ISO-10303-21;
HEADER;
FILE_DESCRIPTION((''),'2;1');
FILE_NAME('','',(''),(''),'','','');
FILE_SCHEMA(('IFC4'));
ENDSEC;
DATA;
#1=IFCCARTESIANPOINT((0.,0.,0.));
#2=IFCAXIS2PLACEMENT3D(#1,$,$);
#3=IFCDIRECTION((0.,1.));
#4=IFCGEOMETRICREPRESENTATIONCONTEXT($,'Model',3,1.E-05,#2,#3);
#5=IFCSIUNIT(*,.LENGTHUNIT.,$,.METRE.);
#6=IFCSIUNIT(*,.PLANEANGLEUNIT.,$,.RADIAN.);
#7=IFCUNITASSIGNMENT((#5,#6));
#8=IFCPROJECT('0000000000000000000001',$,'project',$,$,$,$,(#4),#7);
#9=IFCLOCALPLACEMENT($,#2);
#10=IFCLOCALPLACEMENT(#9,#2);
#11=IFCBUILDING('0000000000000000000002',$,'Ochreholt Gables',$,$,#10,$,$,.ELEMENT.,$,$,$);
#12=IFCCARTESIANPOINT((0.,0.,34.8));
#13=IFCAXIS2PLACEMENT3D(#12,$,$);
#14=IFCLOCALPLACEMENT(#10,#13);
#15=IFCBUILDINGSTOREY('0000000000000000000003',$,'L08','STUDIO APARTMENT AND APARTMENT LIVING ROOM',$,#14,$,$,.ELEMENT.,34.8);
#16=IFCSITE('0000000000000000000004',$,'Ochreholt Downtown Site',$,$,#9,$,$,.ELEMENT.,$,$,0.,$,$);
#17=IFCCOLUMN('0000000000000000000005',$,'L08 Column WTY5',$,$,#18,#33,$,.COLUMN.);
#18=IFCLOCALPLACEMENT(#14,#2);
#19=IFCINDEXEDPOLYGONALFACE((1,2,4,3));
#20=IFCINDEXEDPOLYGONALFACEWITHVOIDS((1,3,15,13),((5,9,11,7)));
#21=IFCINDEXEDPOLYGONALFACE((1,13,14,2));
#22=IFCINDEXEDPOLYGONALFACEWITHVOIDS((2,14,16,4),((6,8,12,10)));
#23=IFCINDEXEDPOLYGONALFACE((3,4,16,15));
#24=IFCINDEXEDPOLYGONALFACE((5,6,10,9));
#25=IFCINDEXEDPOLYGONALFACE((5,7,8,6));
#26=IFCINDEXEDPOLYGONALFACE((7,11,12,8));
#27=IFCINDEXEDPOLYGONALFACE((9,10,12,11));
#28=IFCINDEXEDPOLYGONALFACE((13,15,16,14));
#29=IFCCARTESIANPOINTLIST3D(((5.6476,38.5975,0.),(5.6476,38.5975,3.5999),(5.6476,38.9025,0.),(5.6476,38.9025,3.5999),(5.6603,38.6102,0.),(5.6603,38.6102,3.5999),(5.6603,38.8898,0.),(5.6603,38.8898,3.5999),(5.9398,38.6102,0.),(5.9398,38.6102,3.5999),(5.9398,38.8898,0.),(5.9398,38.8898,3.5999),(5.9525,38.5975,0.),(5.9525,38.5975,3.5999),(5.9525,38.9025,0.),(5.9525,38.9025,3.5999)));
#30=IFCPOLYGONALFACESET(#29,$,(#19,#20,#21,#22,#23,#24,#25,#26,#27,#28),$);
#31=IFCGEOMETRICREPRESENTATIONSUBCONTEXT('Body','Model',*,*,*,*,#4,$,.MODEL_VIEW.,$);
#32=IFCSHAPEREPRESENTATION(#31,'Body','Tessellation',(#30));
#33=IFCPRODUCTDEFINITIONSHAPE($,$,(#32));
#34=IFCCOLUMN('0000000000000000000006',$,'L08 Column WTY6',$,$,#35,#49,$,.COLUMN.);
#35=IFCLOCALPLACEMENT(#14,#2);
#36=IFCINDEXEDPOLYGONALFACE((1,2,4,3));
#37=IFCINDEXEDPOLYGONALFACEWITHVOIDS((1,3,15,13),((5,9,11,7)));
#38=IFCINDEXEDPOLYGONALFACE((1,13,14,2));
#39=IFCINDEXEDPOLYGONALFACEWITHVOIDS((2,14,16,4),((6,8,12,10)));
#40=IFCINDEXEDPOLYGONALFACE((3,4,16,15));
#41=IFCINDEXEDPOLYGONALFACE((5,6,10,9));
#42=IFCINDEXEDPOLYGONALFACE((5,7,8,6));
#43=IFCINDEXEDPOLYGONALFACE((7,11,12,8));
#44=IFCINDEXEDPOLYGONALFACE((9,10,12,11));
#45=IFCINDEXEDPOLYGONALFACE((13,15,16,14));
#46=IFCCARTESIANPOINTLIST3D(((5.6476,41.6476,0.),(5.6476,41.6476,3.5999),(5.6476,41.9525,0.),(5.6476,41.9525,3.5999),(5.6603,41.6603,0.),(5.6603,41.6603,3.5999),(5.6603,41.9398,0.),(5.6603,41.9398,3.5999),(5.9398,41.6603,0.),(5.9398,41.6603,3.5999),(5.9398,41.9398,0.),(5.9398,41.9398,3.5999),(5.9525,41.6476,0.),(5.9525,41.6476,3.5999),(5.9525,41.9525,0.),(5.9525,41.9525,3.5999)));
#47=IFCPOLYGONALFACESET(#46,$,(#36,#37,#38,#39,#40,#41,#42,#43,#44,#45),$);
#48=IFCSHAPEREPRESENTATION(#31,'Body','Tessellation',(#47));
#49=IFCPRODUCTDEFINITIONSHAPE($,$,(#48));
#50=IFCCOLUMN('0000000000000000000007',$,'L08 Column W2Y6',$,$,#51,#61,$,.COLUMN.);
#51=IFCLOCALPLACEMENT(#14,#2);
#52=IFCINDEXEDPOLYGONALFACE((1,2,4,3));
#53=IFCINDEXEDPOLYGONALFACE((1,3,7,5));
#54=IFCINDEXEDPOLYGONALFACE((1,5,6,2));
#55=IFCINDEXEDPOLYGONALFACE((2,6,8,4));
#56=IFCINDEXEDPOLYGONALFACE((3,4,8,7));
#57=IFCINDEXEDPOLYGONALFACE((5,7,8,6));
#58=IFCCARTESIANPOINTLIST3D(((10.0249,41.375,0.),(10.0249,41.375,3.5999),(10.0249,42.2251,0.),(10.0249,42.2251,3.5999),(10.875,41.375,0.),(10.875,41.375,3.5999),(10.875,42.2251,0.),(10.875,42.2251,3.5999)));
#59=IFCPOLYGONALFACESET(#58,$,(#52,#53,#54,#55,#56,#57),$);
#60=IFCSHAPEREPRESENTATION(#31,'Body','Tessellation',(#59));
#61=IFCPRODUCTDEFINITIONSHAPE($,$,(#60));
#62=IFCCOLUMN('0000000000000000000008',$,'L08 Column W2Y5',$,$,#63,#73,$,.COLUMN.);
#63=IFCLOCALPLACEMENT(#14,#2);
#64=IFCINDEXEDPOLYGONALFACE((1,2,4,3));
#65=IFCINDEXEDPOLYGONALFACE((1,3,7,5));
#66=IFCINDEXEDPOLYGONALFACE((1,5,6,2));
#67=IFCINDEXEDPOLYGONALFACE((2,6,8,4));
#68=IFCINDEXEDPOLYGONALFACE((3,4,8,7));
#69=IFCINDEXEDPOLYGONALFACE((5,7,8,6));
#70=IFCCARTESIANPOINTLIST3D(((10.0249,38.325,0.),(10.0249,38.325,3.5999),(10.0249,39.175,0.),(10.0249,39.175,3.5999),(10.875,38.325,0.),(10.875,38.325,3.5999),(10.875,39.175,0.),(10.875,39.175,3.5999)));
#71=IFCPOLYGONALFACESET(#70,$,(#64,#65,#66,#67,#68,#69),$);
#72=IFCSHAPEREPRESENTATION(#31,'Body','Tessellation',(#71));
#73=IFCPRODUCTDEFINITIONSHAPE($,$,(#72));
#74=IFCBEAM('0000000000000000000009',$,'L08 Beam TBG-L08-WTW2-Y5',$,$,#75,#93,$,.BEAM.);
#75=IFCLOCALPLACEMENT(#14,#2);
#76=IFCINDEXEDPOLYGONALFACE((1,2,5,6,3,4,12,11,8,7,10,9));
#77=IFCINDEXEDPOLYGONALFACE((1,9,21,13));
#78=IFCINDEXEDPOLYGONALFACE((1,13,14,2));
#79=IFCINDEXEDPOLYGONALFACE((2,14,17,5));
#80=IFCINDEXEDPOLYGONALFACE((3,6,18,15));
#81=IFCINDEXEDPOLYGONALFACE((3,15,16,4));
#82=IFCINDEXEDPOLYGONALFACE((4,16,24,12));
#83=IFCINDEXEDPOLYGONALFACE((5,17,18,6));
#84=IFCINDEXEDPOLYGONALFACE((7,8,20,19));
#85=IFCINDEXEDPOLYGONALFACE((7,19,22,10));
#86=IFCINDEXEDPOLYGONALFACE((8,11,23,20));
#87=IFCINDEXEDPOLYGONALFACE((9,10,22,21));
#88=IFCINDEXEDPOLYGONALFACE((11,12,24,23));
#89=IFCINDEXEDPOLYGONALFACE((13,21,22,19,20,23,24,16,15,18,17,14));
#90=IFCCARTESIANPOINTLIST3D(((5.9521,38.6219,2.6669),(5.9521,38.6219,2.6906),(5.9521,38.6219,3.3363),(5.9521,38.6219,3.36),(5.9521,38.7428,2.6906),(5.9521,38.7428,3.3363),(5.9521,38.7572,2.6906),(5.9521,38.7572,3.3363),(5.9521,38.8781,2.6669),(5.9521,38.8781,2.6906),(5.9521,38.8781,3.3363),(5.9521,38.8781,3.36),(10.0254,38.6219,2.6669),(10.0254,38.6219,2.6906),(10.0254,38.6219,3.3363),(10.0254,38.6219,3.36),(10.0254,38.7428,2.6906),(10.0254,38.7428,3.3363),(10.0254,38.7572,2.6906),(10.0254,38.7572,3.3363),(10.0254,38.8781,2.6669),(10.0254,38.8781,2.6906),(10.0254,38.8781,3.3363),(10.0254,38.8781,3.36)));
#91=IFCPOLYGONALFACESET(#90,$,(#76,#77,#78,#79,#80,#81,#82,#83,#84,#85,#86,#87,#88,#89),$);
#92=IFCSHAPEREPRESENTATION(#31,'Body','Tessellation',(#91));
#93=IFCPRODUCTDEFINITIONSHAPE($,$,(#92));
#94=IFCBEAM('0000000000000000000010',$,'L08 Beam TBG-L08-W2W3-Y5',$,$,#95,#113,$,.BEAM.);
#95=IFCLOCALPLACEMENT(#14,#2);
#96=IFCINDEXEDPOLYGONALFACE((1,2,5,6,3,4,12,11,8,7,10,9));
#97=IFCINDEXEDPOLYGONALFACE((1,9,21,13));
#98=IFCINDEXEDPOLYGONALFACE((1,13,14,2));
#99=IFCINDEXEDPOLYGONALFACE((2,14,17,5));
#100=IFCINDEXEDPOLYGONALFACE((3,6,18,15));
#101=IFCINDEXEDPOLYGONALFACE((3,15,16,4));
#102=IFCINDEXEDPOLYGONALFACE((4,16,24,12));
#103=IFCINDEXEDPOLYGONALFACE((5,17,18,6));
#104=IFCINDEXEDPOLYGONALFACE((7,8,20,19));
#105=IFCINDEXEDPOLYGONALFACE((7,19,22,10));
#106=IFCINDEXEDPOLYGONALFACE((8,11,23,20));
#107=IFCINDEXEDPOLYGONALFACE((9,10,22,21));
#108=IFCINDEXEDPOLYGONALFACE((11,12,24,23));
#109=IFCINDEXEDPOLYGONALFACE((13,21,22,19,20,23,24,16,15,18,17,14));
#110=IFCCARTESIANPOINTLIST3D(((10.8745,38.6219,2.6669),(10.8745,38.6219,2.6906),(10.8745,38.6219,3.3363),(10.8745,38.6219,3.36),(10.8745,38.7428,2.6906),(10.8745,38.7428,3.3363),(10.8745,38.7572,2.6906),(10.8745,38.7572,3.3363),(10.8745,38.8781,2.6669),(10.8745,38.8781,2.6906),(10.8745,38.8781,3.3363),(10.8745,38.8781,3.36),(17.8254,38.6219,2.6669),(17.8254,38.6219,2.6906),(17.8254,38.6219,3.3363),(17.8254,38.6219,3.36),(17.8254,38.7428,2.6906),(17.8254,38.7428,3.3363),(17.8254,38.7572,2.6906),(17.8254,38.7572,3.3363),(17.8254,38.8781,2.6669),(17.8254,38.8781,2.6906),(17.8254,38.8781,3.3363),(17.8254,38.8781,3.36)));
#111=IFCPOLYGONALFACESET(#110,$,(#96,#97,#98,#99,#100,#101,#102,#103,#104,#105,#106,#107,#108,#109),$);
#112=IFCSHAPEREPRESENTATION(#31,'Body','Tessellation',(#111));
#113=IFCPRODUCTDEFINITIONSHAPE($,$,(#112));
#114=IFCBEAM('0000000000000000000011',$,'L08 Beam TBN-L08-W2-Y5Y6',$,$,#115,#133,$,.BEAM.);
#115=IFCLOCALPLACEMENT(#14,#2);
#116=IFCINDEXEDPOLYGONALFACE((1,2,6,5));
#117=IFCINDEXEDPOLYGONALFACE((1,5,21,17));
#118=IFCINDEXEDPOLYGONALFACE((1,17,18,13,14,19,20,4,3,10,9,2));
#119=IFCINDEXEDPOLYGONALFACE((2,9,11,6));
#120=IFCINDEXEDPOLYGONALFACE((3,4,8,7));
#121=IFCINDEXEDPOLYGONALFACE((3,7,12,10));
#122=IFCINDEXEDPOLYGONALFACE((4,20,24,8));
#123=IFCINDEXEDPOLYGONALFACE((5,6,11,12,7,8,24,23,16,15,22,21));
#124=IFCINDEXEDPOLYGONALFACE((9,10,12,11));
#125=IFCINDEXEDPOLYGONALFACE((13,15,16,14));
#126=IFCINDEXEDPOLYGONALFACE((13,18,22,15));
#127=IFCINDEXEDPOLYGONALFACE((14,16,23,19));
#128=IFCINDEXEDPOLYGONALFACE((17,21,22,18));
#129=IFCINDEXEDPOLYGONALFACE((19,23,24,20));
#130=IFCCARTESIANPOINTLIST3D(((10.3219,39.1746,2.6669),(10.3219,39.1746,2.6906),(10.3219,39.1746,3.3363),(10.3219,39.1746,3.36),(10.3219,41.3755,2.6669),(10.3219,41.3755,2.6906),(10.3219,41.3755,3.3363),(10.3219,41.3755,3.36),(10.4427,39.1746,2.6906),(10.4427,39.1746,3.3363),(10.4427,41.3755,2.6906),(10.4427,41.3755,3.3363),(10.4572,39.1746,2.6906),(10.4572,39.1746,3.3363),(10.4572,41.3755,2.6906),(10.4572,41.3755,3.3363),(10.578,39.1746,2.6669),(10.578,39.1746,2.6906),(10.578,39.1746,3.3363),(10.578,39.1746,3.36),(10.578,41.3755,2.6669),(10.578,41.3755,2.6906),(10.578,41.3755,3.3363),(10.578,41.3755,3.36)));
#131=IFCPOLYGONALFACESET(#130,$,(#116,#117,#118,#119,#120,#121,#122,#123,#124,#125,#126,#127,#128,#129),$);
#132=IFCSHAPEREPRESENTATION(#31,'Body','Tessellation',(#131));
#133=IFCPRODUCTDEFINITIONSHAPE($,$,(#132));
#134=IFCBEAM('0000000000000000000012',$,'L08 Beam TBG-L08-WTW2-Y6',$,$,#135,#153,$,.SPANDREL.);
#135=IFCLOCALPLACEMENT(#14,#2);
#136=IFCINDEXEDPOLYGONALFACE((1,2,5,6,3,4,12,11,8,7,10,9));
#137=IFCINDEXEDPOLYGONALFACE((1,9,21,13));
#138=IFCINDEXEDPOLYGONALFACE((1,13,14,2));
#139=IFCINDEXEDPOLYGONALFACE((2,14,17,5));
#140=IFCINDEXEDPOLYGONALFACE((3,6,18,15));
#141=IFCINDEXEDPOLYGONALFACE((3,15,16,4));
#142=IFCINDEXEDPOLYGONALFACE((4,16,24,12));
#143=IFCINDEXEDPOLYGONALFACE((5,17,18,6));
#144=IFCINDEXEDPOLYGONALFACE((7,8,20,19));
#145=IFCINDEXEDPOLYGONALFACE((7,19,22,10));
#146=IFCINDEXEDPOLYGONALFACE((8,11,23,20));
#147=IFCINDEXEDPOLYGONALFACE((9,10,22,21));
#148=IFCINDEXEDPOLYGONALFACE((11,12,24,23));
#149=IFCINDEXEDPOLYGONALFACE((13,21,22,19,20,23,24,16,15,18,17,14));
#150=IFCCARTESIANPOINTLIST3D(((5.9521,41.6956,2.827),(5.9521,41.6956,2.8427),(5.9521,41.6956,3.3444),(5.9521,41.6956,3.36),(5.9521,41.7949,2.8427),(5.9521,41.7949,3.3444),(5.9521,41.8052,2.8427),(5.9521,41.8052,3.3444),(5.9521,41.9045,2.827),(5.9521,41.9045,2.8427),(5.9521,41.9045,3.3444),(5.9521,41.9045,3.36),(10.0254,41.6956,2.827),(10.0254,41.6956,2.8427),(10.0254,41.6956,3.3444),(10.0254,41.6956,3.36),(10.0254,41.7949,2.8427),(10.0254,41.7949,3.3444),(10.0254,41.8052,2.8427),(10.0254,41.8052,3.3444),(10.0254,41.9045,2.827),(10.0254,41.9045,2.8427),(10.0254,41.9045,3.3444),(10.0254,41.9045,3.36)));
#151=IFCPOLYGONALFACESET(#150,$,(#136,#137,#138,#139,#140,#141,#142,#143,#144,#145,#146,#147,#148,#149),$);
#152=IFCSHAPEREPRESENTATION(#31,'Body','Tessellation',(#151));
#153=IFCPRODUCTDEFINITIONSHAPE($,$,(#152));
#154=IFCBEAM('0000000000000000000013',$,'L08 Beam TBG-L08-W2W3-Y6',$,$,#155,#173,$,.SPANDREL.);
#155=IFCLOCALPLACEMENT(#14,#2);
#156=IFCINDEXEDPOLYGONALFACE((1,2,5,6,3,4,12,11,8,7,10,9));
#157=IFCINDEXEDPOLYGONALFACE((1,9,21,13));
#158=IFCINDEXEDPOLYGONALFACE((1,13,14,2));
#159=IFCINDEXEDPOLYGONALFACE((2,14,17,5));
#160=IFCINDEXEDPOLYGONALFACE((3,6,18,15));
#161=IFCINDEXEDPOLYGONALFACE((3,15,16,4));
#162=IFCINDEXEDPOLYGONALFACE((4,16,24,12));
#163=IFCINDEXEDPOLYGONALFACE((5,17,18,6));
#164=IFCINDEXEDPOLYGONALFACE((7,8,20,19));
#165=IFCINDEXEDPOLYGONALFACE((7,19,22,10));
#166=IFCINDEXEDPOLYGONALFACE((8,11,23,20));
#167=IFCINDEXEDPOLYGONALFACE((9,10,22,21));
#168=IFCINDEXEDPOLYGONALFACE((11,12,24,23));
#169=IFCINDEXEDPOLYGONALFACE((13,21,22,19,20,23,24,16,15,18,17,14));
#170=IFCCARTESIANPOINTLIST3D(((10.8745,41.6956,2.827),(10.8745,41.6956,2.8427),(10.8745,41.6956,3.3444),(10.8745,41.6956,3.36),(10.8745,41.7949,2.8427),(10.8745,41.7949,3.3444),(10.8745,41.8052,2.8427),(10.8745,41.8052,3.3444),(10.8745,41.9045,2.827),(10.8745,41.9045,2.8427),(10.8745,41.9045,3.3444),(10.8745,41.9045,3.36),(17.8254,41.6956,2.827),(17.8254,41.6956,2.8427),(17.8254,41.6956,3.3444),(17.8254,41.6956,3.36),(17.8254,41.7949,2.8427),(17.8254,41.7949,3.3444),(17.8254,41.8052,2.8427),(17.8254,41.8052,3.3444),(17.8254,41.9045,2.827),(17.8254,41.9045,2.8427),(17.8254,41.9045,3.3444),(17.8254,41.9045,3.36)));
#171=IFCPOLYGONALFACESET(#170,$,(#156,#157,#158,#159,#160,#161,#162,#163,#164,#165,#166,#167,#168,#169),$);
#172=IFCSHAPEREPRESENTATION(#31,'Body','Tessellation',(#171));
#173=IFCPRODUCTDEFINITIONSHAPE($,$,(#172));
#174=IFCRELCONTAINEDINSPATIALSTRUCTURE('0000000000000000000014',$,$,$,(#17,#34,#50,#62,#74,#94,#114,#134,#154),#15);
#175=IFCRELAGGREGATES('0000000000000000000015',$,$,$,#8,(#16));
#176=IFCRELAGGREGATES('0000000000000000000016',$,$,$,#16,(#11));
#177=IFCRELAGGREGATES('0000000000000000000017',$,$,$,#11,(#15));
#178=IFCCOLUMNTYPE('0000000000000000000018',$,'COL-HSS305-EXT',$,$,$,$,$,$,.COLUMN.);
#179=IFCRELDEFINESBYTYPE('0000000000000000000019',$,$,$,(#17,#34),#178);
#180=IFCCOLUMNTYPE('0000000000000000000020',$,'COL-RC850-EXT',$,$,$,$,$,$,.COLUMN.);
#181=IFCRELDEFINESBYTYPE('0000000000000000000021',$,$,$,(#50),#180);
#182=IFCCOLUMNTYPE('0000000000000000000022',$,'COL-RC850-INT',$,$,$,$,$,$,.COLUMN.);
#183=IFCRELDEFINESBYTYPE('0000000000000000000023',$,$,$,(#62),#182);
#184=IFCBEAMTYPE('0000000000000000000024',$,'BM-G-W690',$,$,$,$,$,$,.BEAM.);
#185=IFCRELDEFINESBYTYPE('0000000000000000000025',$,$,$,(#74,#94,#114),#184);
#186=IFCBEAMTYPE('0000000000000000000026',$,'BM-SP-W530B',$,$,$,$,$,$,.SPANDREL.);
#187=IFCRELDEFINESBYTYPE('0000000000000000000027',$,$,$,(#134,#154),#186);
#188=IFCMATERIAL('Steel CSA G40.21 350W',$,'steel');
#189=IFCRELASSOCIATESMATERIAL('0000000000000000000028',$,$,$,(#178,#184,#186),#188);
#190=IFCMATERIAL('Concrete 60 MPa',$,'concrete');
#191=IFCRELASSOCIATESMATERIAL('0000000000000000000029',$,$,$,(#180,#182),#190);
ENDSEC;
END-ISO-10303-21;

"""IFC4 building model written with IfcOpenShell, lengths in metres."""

from ifc_helpers import new_model, si_unit, direction, frame, origin, origin_2d, place, context, subcontext, project, spatial, rectangle, hollow_rectangle, i_section, extrude, material, material_profile, profile_set, type_object, element, save


model = new_model("IFC4")

# Units and contexts
model_context = context("Model", 3, precision=1e-05, world=origin(), true_north=direction((0.0, 1.0)))
body_context = subcontext(model_context, "Body", "Model", "MODEL_VIEW")
ifc_project = project(units=[si_unit("LENGTHUNIT", "METRE"), si_unit("PLANEANGLEUNIT", "RADIAN")], contexts=[model_context])

# Site, building, storey
site_placement = place(None, origin())
site = spatial("IfcSite", under=ifc_project, at=site_placement, Name="Ochreholt Downtown Site", CompositionType="ELEMENT", RefElevation=0.0)
building_placement = place(site_placement, origin())
building = spatial("IfcBuilding", under=site, at=building_placement, Name="Ochreholt Gables", CompositionType="ELEMENT")
storey_placement = place(building_placement, frame((0.0, 0.0, 34.8)))
storey = spatial("IfcBuildingStorey", under=building, at=storey_placement, Name="L08", Description="STUDIO APARTMENT AND APARTMENT LIVING ROOM", CompositionType="ELEMENT", Elevation=34.8)

# Columns
ifc_material_1 = material(Name="Steel CSA G40.21 350W", Category="steel")
ifc_material_profile_1 = material_profile(ifc_material_1, hollow_rectangle(XDim=0.3049, YDim=0.3049, WallThickness=0.0127, at=origin_2d()), Name="HSS305X305X13")
ifc_profile_set_1 = profile_set([ifc_material_profile_1], Name="Steel CSA G40.21 350W")
column_type_1 = type_object("IfcColumnType", Name="COL-HSS305-EXT", PredefinedType="COLUMN", material=ifc_profile_set_1)
for number, where, z_axis, x_axis, name in (
    (1, (5.8, 38.75, 0.0), (0.0, 0.0, 1.0), (1.0, 0.0, 0.0), "L08 Column WTY5"),
    (2, (5.8, 41.8, 0.0), (0.0, 0.0, 1.0), (1.0, 0.0, 0.0), "L08 Column WTY6"),
):
    element("IfcColumn", number, at=place(storey_placement, frame(where, z_axis=z_axis, x_axis=x_axis)), inside=storey, type_object=column_type_1, Name=name, PredefinedType="COLUMN", context=body_context, shape_type="SweptSolid", body=[
        extrude(hollow_rectangle(XDim=0.3049, YDim=0.3049, WallThickness=0.0127, at=origin_2d()), origin(), (0.0, 0.0, 1.0), 3.5999),
    ])
ifc_material_2 = material(Name="Concrete 60 MPa", Category="concrete")
ifc_material_profile_2 = material_profile(ifc_material_2, rectangle(XDim=0.8501, YDim=0.8501, at=origin_2d()), Name="RC850X850")
ifc_profile_set_2 = profile_set([ifc_material_profile_2], Name="Concrete 60 MPa")
column_type_2 = type_object("IfcColumnType", Name="COL-RC850-EXT", PredefinedType="COLUMN", material=ifc_profile_set_2)
column_1_placement = place(storey_placement, frame((10.45, 41.8, 0.0), z_axis=(0.0, 0.0, 1.0), x_axis=(1.0, 0.0, 0.0)))
element("IfcColumn", 3, at=column_1_placement, inside=storey, type_object=column_type_2, Name="L08 Column W2Y6", PredefinedType="COLUMN", context=body_context, shape_type="SweptSolid", body=[
    extrude(rectangle(XDim=0.8501, YDim=0.8501, at=origin_2d()), origin(), (0.0, 0.0, 1.0), 3.5999),
])
ifc_material_profile_3 = material_profile(ifc_material_2, rectangle(XDim=0.8501, YDim=0.8501, at=origin_2d()), Name="RC850X850")
ifc_profile_set_3 = profile_set([ifc_material_profile_3], Name="Concrete 60 MPa")
column_type_3 = type_object("IfcColumnType", Name="COL-RC850-INT", PredefinedType="COLUMN", material=ifc_profile_set_3)
column_2_placement = place(storey_placement, frame((10.45, 38.75, 0.0), z_axis=(0.0, 0.0, 1.0), x_axis=(1.0, 0.0, 0.0)))
element("IfcColumn", 4, at=column_2_placement, inside=storey, type_object=column_type_3, Name="L08 Column W2Y5", PredefinedType="COLUMN", context=body_context, shape_type="SweptSolid", body=[
    extrude(rectangle(XDim=0.8501, YDim=0.8501, at=origin_2d()), origin(), (0.0, 0.0, 1.0), 3.5999),
])

# Beams
ifc_material_profile_4 = material_profile(ifc_material_1, i_section(OverallWidth=0.2561, OverallDepth=0.6931, WebThickness=0.0144, FlangeThickness=0.0237, at=origin_2d()), Name="W690X170")
ifc_profile_set_4 = profile_set([ifc_material_profile_4], Name="Steel CSA G40.21 350W")
beam_type_1 = type_object("IfcBeamType", Name="BM-G-W690", PredefinedType="BEAM", material=ifc_profile_set_4)
beam_1_placement = place(storey_placement, frame((5.9521, 38.75, 3.0134), z_axis=(1.0, 0.0, 0.0), x_axis=(0.0, 1.0, 0.0)))
element("IfcBeam", 5, at=beam_1_placement, inside=storey, type_object=beam_type_1, Name="L08 Beam TBG-L08-WTW2-Y5", PredefinedType="BEAM", context=body_context, shape_type="SweptSolid", body=[
    extrude(i_section(OverallWidth=0.2561, OverallDepth=0.6931, WebThickness=0.0144, FlangeThickness=0.0237, at=origin_2d()), origin(), (0.0, 0.0, 1.0), 4.0732),
])
beam_2_placement = place(storey_placement, frame((10.8745, 38.75, 3.0134), z_axis=(1.0, 0.0, 0.0), x_axis=(0.0, 1.0, 0.0)))
element("IfcBeam", 6, at=beam_2_placement, inside=storey, type_object=beam_type_1, Name="L08 Beam TBG-L08-W2W3-Y5", PredefinedType="BEAM", context=body_context, shape_type="SweptSolid", body=[
    extrude(i_section(OverallWidth=0.2561, OverallDepth=0.6931, WebThickness=0.0144, FlangeThickness=0.0237, at=origin_2d()), origin(), (0.0, 0.0, 1.0), 6.9509),
])
beam_3_placement = place(storey_placement, frame((10.45, 39.1746, 3.0134), z_axis=(0.0, 1.0, 0.0), x_axis=(-1.0, 0.0, 0.0)))
element("IfcBeam", 7, at=beam_3_placement, inside=storey, type_object=beam_type_1, Name="L08 Beam TBN-L08-W2-Y5Y6", PredefinedType="BEAM", context=body_context, shape_type="SweptSolid", body=[
    extrude(i_section(OverallWidth=0.2561, OverallDepth=0.6931, WebThickness=0.0144, FlangeThickness=0.0237, at=origin_2d()), origin(), (0.0, 0.0, 1.0), 2.2009),
])
ifc_material_profile_5 = material_profile(ifc_material_1, i_section(OverallWidth=0.209, OverallDepth=0.533, WebThickness=0.0103, FlangeThickness=0.0156, at=origin_2d()), Name="W530X92")
ifc_profile_set_5 = profile_set([ifc_material_profile_5], Name="Steel CSA G40.21 350W")
beam_type_2 = type_object("IfcBeamType", Name="BM-SP-W530B", PredefinedType="SPANDREL", material=ifc_profile_set_5)
beam_4_placement = place(storey_placement, frame((5.9521, 41.8, 3.0935), z_axis=(1.0, 0.0, 0.0), x_axis=(0.0, 1.0, 0.0)))
element("IfcBeam", 8, at=beam_4_placement, inside=storey, type_object=beam_type_2, Name="L08 Beam TBG-L08-WTW2-Y6", PredefinedType="SPANDREL", context=body_context, shape_type="SweptSolid", body=[
    extrude(i_section(OverallWidth=0.209, OverallDepth=0.533, WebThickness=0.0103, FlangeThickness=0.0156, at=origin_2d()), origin(), (0.0, 0.0, 1.0), 4.0732),
])
beam_5_placement = place(storey_placement, frame((10.8745, 41.8, 3.0935), z_axis=(1.0, 0.0, 0.0), x_axis=(0.0, 1.0, 0.0)))
element("IfcBeam", 9, at=beam_5_placement, inside=storey, type_object=beam_type_2, Name="L08 Beam TBG-L08-W2W3-Y6", PredefinedType="SPANDREL", context=body_context, shape_type="SweptSolid", body=[
    extrude(i_section(OverallWidth=0.209, OverallDepth=0.533, WebThickness=0.0103, FlangeThickness=0.0156, at=origin_2d()), origin(), (0.0, 0.0, 1.0), 6.9509),
])

save(model, "model.ifc")
